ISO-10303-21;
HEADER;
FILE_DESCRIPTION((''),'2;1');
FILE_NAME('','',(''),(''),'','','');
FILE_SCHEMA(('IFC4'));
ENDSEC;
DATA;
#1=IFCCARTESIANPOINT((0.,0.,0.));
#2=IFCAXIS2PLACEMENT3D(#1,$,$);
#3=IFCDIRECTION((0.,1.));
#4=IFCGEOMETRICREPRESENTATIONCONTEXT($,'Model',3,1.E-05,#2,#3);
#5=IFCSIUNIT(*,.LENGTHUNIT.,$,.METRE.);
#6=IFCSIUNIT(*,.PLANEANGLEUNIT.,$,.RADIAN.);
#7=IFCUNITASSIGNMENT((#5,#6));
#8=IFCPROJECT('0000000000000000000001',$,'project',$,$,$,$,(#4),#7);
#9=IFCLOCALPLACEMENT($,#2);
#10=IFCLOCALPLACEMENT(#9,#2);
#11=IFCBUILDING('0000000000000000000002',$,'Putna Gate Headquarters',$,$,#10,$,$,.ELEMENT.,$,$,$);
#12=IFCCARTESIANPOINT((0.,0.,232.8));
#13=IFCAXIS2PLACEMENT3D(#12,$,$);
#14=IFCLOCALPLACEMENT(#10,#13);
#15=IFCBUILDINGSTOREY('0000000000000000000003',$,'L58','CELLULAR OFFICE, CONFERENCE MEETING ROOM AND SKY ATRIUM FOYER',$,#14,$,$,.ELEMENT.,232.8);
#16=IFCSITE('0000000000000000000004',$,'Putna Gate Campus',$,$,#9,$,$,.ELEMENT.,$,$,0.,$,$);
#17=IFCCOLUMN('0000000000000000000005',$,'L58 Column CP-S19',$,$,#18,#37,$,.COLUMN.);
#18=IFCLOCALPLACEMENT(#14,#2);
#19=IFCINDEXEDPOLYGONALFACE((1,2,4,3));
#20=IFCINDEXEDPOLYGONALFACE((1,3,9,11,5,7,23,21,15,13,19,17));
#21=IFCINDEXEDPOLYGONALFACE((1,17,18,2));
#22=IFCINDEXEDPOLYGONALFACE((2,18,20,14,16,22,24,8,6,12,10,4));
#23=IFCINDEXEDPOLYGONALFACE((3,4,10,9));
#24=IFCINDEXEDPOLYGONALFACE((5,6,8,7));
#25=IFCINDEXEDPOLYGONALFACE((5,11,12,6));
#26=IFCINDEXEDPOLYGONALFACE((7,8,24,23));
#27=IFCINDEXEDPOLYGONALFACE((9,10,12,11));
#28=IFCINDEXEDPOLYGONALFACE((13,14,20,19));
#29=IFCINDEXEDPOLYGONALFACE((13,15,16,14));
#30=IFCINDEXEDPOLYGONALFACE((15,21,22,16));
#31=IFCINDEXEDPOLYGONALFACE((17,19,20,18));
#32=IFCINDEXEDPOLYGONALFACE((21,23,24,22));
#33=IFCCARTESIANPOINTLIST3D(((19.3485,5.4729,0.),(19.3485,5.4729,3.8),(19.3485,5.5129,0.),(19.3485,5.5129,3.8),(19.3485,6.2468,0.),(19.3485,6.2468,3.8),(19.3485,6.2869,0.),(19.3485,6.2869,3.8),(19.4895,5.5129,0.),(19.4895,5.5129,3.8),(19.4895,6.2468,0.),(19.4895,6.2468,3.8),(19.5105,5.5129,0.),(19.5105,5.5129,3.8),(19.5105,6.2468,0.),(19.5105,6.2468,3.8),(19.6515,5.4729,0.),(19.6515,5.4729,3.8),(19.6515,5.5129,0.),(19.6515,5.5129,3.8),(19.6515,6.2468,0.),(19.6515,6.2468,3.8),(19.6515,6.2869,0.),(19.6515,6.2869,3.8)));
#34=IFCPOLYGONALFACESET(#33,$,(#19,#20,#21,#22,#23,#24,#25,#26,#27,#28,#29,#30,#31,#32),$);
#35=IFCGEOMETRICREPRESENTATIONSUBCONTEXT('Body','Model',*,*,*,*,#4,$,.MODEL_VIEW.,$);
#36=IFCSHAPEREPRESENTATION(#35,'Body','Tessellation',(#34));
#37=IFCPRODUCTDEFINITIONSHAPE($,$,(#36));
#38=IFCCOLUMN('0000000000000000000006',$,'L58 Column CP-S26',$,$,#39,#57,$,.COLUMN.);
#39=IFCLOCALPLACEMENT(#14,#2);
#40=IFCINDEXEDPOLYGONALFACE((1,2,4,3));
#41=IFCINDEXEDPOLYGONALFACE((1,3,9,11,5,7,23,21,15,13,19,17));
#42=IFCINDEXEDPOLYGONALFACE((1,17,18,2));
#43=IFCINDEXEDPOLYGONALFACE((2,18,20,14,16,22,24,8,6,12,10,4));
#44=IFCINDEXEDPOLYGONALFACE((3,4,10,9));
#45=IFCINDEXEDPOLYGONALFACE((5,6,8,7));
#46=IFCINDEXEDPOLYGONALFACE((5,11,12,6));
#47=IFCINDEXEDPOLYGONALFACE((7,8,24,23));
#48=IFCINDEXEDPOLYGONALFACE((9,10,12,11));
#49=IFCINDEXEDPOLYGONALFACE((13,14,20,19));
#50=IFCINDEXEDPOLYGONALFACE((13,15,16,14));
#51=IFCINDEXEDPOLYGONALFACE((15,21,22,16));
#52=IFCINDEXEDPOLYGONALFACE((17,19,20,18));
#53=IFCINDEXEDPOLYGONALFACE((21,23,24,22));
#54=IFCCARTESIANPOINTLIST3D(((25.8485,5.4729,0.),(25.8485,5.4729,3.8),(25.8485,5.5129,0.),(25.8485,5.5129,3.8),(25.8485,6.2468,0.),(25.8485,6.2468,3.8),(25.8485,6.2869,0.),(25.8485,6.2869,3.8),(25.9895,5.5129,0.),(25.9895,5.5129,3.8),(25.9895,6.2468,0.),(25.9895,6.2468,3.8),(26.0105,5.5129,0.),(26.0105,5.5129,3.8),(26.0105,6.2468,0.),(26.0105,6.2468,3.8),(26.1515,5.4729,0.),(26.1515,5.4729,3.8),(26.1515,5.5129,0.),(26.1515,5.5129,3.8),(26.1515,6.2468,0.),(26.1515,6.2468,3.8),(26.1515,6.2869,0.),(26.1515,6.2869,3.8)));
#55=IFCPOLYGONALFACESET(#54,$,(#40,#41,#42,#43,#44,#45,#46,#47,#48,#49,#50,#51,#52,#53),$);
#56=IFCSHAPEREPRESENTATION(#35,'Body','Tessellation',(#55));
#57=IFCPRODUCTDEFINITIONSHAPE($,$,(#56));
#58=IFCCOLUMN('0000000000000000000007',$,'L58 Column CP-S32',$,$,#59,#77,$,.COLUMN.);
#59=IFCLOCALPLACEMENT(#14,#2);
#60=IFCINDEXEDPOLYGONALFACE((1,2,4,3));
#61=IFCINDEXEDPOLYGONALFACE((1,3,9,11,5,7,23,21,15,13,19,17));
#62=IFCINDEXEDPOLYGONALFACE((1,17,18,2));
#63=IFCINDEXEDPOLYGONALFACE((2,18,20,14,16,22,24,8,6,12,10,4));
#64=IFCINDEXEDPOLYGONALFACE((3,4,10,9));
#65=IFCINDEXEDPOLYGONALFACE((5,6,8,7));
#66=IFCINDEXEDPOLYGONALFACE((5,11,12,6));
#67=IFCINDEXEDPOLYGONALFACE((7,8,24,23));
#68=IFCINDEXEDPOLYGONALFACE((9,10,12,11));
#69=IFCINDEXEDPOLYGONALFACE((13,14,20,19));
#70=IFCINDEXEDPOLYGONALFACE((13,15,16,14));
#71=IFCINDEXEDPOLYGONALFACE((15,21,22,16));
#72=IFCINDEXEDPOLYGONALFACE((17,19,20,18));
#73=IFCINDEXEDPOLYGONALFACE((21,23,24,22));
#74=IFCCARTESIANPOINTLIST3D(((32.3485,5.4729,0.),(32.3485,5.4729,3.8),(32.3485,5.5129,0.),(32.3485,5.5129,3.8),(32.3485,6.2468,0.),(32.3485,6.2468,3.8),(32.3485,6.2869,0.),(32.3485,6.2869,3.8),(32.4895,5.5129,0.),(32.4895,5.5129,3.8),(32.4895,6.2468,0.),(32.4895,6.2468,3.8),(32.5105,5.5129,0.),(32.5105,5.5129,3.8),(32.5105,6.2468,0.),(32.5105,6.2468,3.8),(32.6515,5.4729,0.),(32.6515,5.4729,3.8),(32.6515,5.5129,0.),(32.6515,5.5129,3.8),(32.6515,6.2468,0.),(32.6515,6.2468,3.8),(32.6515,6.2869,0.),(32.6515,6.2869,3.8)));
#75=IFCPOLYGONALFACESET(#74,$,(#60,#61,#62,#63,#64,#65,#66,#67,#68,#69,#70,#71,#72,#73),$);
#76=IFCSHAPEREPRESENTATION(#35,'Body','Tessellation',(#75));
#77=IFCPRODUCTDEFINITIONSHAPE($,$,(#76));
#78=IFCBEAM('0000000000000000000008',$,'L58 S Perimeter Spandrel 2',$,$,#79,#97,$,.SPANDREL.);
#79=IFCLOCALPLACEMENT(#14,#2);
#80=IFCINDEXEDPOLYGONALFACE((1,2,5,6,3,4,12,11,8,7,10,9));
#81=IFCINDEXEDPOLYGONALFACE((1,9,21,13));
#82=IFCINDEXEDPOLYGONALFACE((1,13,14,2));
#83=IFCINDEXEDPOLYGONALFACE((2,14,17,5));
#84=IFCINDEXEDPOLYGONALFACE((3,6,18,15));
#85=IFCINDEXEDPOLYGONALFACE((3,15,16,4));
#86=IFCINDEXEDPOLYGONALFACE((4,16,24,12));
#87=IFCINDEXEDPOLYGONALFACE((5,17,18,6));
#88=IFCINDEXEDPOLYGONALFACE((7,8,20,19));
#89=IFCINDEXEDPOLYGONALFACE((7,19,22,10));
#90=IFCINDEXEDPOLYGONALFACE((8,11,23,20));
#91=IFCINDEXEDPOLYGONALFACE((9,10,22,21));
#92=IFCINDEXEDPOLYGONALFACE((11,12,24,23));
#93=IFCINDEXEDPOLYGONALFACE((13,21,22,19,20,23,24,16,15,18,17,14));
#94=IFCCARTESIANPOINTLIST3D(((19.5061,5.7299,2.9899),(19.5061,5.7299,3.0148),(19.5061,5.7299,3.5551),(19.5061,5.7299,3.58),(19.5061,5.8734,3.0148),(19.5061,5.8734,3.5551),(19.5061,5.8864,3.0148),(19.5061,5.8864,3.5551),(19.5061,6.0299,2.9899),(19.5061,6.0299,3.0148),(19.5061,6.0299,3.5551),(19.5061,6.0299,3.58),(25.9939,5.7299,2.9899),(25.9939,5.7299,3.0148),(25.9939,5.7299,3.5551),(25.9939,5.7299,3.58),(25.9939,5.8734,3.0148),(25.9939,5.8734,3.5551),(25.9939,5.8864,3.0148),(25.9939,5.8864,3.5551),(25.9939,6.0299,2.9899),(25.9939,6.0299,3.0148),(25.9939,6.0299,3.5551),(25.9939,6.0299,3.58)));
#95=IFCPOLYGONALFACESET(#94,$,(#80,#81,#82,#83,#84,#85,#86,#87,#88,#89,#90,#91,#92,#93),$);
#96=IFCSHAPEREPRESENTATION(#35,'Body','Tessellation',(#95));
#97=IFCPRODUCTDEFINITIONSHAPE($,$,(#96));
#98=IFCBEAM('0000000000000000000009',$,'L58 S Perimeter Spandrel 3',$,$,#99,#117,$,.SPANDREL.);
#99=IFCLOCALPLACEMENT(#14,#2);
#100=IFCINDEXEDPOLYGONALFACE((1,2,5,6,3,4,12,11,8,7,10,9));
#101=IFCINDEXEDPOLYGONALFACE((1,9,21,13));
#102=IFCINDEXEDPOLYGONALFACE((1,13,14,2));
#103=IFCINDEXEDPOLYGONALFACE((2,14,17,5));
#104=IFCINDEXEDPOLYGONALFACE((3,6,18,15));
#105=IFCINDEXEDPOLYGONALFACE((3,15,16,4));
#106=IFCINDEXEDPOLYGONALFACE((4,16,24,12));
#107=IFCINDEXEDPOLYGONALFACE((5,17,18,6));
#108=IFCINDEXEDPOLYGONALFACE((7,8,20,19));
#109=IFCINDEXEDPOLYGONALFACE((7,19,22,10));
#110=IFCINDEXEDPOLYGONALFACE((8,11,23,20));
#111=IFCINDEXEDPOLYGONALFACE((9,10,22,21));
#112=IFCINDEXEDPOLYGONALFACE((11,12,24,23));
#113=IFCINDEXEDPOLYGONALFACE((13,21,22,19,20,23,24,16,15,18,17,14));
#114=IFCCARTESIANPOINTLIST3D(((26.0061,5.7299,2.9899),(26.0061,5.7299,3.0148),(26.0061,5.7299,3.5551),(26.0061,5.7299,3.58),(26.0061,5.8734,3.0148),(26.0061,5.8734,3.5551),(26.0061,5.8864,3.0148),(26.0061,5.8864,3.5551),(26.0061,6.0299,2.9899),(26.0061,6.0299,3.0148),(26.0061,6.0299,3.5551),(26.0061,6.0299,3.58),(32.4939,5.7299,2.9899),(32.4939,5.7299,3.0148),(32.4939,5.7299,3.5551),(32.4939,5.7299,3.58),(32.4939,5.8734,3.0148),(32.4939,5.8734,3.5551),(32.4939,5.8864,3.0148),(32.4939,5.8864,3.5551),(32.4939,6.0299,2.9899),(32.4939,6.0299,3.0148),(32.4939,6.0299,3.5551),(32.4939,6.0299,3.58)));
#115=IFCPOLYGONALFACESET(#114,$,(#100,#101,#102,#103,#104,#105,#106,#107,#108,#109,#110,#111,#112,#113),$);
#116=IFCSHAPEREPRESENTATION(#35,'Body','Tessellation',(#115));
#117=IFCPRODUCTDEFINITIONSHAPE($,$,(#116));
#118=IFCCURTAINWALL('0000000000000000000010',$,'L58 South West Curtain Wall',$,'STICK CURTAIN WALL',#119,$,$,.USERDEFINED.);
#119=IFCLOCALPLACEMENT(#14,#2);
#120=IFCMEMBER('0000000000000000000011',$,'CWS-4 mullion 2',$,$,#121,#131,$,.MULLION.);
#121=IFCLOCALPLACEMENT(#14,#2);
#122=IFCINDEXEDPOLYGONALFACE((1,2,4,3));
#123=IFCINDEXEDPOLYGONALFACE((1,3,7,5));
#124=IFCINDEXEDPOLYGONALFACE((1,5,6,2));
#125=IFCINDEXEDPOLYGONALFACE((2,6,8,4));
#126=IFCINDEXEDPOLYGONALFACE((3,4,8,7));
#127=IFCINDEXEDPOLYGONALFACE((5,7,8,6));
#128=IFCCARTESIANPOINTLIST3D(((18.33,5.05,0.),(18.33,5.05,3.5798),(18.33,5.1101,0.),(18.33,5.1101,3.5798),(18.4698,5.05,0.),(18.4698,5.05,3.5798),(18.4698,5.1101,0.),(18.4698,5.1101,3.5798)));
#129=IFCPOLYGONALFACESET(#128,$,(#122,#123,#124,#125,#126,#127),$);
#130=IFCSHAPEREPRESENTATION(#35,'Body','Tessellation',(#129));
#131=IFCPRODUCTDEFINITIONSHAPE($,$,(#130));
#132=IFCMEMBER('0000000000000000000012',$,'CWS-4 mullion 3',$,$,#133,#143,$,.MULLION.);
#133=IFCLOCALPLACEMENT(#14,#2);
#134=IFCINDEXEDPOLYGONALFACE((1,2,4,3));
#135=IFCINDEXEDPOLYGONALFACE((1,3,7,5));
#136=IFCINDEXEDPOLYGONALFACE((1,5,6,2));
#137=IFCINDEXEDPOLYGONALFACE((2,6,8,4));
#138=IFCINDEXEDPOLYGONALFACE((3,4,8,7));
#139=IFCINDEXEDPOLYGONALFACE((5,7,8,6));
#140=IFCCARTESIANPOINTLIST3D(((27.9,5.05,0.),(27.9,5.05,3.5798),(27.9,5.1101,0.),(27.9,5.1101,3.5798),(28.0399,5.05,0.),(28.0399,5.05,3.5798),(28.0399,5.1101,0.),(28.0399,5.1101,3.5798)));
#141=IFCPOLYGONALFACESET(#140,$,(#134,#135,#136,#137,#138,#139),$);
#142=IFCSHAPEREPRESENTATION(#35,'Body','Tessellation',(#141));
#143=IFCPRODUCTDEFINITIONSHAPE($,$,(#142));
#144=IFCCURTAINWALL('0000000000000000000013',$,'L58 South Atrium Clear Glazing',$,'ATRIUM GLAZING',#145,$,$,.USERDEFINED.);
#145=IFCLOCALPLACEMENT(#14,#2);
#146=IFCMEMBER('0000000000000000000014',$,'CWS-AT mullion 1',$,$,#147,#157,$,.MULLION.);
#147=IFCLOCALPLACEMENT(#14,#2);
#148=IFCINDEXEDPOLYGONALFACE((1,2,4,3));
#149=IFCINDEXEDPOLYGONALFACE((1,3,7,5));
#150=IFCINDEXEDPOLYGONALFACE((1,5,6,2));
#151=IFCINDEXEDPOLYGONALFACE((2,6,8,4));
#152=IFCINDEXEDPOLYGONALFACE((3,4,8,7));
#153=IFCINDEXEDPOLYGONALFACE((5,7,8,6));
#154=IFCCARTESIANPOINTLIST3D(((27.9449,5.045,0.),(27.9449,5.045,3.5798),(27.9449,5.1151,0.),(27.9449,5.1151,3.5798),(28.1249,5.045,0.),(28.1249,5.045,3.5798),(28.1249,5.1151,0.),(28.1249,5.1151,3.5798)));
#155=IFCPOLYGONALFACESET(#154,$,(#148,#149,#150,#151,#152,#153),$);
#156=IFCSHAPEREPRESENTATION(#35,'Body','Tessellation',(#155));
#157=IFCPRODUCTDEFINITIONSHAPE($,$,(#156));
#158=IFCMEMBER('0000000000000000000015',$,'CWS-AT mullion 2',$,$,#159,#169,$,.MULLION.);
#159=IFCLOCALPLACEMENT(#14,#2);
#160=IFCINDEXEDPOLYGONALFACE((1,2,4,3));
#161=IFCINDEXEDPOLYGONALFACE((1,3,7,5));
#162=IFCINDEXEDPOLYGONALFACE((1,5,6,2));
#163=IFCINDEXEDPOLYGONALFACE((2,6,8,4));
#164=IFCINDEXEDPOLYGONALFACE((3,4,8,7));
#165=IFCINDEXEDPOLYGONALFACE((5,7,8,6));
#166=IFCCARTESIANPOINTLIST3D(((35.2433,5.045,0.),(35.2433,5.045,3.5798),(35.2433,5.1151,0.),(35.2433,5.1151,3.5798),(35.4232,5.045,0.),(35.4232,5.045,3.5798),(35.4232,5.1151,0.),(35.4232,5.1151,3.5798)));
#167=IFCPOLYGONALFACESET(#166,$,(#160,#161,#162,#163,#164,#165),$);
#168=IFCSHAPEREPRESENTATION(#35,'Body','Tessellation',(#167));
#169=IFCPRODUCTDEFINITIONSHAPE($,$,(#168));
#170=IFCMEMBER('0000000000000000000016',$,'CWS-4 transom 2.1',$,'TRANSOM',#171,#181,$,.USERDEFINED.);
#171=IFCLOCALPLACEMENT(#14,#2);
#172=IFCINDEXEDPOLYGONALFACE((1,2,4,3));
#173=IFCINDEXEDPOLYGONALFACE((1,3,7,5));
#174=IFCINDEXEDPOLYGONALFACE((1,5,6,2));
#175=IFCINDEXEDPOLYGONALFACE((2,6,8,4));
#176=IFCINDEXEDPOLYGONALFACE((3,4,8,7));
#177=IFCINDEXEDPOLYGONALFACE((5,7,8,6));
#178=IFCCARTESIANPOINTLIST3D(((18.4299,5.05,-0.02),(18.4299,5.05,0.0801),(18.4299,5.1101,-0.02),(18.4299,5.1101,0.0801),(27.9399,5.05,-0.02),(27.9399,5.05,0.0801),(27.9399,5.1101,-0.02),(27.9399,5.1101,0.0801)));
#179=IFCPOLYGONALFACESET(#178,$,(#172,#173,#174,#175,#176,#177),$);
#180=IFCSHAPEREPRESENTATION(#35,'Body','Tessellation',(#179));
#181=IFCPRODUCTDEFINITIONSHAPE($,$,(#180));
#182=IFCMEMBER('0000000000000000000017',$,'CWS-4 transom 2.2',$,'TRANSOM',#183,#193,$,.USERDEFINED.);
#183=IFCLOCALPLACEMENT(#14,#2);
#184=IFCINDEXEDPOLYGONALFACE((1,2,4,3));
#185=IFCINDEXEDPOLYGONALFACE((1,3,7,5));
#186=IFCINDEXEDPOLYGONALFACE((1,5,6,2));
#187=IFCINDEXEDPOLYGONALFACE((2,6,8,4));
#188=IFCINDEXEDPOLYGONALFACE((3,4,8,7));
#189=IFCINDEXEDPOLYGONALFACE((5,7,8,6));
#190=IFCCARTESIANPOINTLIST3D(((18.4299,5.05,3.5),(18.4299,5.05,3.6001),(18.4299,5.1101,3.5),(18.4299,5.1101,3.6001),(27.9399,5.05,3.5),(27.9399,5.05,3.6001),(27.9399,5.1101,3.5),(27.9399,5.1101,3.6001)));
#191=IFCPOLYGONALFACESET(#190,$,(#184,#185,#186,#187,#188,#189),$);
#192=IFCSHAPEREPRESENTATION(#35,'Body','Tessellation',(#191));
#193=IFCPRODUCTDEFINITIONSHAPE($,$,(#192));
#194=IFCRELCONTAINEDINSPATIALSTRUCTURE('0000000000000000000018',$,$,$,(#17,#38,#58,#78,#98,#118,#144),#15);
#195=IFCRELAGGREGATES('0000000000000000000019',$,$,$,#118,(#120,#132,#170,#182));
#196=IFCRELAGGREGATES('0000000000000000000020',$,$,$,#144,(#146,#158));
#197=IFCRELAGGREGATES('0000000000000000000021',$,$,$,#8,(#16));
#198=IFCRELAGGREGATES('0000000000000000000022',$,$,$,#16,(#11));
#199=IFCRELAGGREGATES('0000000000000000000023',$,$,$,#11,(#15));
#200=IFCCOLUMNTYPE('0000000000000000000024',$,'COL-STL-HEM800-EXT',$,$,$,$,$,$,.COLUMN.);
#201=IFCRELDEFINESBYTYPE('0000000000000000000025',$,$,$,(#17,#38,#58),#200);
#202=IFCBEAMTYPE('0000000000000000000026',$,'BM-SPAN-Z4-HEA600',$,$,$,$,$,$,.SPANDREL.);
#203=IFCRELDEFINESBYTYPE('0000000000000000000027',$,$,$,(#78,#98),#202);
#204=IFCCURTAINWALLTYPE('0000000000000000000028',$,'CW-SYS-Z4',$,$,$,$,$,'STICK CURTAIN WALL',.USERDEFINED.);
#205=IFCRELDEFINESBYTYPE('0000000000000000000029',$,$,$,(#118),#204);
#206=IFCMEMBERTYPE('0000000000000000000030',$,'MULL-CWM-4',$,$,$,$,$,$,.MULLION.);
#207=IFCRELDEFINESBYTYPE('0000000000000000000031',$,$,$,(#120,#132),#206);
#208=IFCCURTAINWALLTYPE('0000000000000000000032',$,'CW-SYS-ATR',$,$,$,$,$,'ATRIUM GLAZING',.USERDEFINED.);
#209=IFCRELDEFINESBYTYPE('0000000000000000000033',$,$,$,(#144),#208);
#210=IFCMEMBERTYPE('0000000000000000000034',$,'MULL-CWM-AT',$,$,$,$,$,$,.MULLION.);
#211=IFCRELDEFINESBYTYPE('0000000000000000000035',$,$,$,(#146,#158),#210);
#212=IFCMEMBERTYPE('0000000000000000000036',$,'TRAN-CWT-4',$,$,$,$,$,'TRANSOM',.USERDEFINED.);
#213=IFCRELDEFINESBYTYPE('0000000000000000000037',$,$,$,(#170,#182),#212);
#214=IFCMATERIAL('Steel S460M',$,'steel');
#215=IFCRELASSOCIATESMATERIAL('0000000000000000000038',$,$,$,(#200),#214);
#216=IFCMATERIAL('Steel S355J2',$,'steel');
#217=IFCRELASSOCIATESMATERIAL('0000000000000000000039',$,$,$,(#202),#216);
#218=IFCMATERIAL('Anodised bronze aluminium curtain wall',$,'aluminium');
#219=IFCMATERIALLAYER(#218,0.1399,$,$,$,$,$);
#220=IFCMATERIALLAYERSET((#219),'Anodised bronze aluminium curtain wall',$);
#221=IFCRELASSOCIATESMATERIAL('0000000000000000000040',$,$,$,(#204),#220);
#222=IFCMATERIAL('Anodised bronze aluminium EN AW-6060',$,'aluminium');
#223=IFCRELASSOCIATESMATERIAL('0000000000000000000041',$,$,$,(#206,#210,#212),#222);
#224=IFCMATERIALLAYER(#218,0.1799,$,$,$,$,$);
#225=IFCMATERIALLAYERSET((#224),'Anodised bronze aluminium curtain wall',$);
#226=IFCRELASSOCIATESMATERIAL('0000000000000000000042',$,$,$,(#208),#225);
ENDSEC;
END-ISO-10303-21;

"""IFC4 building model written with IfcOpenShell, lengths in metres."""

from ifc_helpers import new_model, si_unit, direction, frame, origin, origin_2d, place, context, subcontext, project, spatial, rectangle, i_section, extrude, material, layer, layer_set, material_profile, profile_set, type_object, element, aggregate, save


model = new_model("IFC4")

# Units and contexts
model_context = context("Model", 3, precision=1e-05, world=origin(), true_north=direction((0.0, 1.0)))
body_context = subcontext(model_context, "Body", "Model", "MODEL_VIEW")
ifc_project = project(units=[si_unit("LENGTHUNIT", "METRE"), si_unit("PLANEANGLEUNIT", "RADIAN")], contexts=[model_context])

# Site, building, storey
site_placement = place(None, origin())
site = spatial("IfcSite", under=ifc_project, at=site_placement, Name="Putna Gate Campus", CompositionType="ELEMENT", RefElevation=0.0)
building_placement = place(site_placement, origin())
building = spatial("IfcBuilding", under=site, at=building_placement, Name="Putna Gate Headquarters", CompositionType="ELEMENT")
storey_placement = place(building_placement, frame((0.0, 0.0, 232.8)))
storey = spatial("IfcBuildingStorey", under=building, at=storey_placement, Name="L58", Description="CELLULAR OFFICE, CONFERENCE MEETING ROOM AND SKY ATRIUM FOYER", CompositionType="ELEMENT", Elevation=232.8)

# Columns
ifc_material_1 = material(Name="Steel S460M", Category="steel")
ifc_material_profile_1 = material_profile(ifc_material_1, i_section(OverallWidth=0.303, OverallDepth=0.814, WebThickness=0.021, FlangeThickness=0.04, at=origin_2d()), Name="Steel S460M")
ifc_profile_set_1 = profile_set([ifc_material_profile_1], Name="Steel S460M")
column_type = type_object("IfcColumnType", Name="COL-STL-HEM800-EXT", PredefinedType="COLUMN", material=ifc_profile_set_1)
for number, where, z_axis, x_axis, name in (
    (1, (19.5, 5.8799, 0.0), (0.0, 0.0, 1.0), (1.0, 0.0, 0.0), "L58 Column CP-S19"),
    (2, (26.0, 5.8799, 0.0), (0.0, 0.0, 1.0), (1.0, 0.0, 0.0), "L58 Column CP-S26"),
    (3, (32.5, 5.8799, 0.0), (0.0, 0.0, 1.0), (1.0, 0.0, 0.0), "L58 Column CP-S32"),
):
    element("IfcColumn", number, at=place(storey_placement, frame(where, z_axis=z_axis, x_axis=x_axis)), inside=storey, type_object=column_type, Name=name, PredefinedType="COLUMN", context=body_context, shape_type="SweptSolid", body=[
        extrude(i_section(OverallWidth=0.303, OverallDepth=0.814, WebThickness=0.021, FlangeThickness=0.04, at=origin_2d()), origin(), (0.0, 0.0, 1.0), 3.8),
    ])

# Beams
ifc_material_2 = material(Name="Steel S355J2", Category="steel")
ifc_material_profile_2 = material_profile(ifc_material_2, i_section(OverallWidth=0.3, OverallDepth=0.5901, WebThickness=0.0129, FlangeThickness=0.0249, at=origin_2d()), Name="Steel S355J2")
ifc_profile_set_2 = profile_set([ifc_material_profile_2], Name="Steel S355J2")
beam_type = type_object("IfcBeamType", Name="BM-SPAN-Z4-HEA600", PredefinedType="SPANDREL", material=ifc_profile_set_2)
for number, where, z_axis, x_axis, name in (
    (4, (19.5061, 5.8799, 3.2849), (1.0, 0.0, 0.0), (0.0, 1.0, 0.0), "L58 S Perimeter Spandrel 2"),
    (5, (26.0061, 5.8799, 3.2849), (1.0, 0.0, 0.0), (0.0, 1.0, 0.0), "L58 S Perimeter Spandrel 3"),
):
    element("IfcBeam", number, at=place(storey_placement, frame(where, z_axis=z_axis, x_axis=x_axis)), inside=storey, type_object=beam_type, Name=name, PredefinedType="SPANDREL", context=body_context, shape_type="SweptSolid", body=[
        extrude(i_section(OverallWidth=0.3, OverallDepth=0.5901, WebThickness=0.0129, FlangeThickness=0.0249, at=origin_2d()), origin(), (0.0, 0.0, 1.0), 6.4878),
    ])

# Curtain walls, members
ifc_material_3 = material(Name="Anodised bronze aluminium curtain wall", Category="aluminium")
ifc_layer_1 = layer(ifc_material_3, 0.1399)
ifc_layer_set_1 = layer_set([ifc_layer_1], Name="Anodised bronze aluminium curtain wall")
curtain_wall_type_1 = type_object("IfcCurtainWallType", Name="CW-SYS-Z4", ElementType="STICK CURTAIN WALL", PredefinedType="USERDEFINED", material=ifc_layer_set_1)
curtain_wall_1_placement = place(storey_placement, origin())
curtain_wall_1 = element("IfcCurtainWall", 6, at=curtain_wall_1_placement, inside=storey, type_object=curtain_wall_type_1, Name="L58 South West Curtain Wall", ObjectType="STICK CURTAIN WALL", PredefinedType="USERDEFINED")
ifc_material_4 = material(Name="Anodised bronze aluminium EN AW-6060", Category="aluminium")
ifc_material_profile_3 = material_profile(ifc_material_4, rectangle(XDim=0.0601, YDim=0.1399, at=origin_2d()), Name="Anodised bronze aluminium EN AW-6060")
ifc_profile_set_3 = profile_set([ifc_material_profile_3], Name="Anodised bronze aluminium EN AW-6060")
member_type_1 = type_object("IfcMemberType", Name="MULL-CWM-4", PredefinedType="MULLION", material=ifc_profile_set_3)
member_1_placement = place(storey_placement, frame((18.3999, 5.0801, 0.0), z_axis=(0.0, 0.0, 1.0), x_axis=(0.0, 1.0, 0.0)))
member_1 = element("IfcMember", 7, at=member_1_placement, type_object=member_type_1, Name="CWS-4 mullion 2", PredefinedType="MULLION", context=body_context, shape_type="SweptSolid", body=[
    extrude(rectangle(XDim=0.0601, YDim=0.1399, at=origin_2d()), origin(), (0.0, 0.0, 1.0), 3.5798),
])
member_2_placement = place(storey_placement, frame((27.97, 5.0801, 0.0), z_axis=(0.0, 0.0, 1.0), x_axis=(0.0, 1.0, 0.0)))
member_2 = element("IfcMember", 8, at=member_2_placement, type_object=member_type_1, Name="CWS-4 mullion 3", PredefinedType="MULLION", context=body_context, shape_type="SweptSolid", body=[
    extrude(rectangle(XDim=0.0601, YDim=0.1399, at=origin_2d()), origin(), (0.0, 0.0, 1.0), 3.5798),
])
ifc_layer_2 = layer(ifc_material_3, 0.1799)
ifc_layer_set_2 = layer_set([ifc_layer_2], Name="Anodised bronze aluminium curtain wall")
curtain_wall_type_2 = type_object("IfcCurtainWallType", Name="CW-SYS-ATR", ElementType="ATRIUM GLAZING", PredefinedType="USERDEFINED", material=ifc_layer_set_2)
curtain_wall_2_placement = place(storey_placement, origin())
curtain_wall_2 = element("IfcCurtainWall", 9, at=curtain_wall_2_placement, inside=storey, type_object=curtain_wall_type_2, Name="L58 South Atrium Clear Glazing", ObjectType="ATRIUM GLAZING", PredefinedType="USERDEFINED")
ifc_material_profile_4 = material_profile(ifc_material_4, rectangle(XDim=0.0701, YDim=0.1799, at=origin_2d()), Name="Anodised bronze aluminium EN AW-6060")
ifc_profile_set_4 = profile_set([ifc_material_profile_4], Name="Anodised bronze aluminium EN AW-6060")
member_type_2 = type_object("IfcMemberType", Name="MULL-CWM-AT", PredefinedType="MULLION", material=ifc_profile_set_4)
member_3_placement = place(storey_placement, frame((28.0349, 5.0801, 0.0), z_axis=(0.0, 0.0, 1.0), x_axis=(0.0, 1.0, 0.0)))
member_3 = element("IfcMember", 10, at=member_3_placement, type_object=member_type_2, Name="CWS-AT mullion 1", PredefinedType="MULLION", context=body_context, shape_type="SweptSolid", body=[
    extrude(rectangle(XDim=0.0701, YDim=0.1799, at=origin_2d()), origin(), (0.0, 0.0, 1.0), 3.5798),
])
member_4_placement = place(storey_placement, frame((35.3333, 5.0801, 0.0), z_axis=(0.0, 0.0, 1.0), x_axis=(0.0, 1.0, 0.0)))
member_4 = element("IfcMember", 11, at=member_4_placement, type_object=member_type_2, Name="CWS-AT mullion 2", PredefinedType="MULLION", context=body_context, shape_type="SweptSolid", body=[
    extrude(rectangle(XDim=0.0701, YDim=0.1799, at=origin_2d()), origin(), (0.0, 0.0, 1.0), 3.5798),
])

# Members
ifc_material_profile_5 = material_profile(ifc_material_4, rectangle(XDim=0.0601, YDim=0.1001, at=origin_2d()), Name="Anodised bronze aluminium EN AW-6060")
ifc_profile_set_5 = profile_set([ifc_material_profile_5], Name="Anodised bronze aluminium EN AW-6060")
member_type_3 = type_object("IfcMemberType", Name="TRAN-CWT-4", ElementType="TRANSOM", PredefinedType="USERDEFINED", material=ifc_profile_set_5)
member_5_placement = place(storey_placement, frame((18.4299, 5.0801, 0.03), z_axis=(1.0, 0.0, 0.0), x_axis=(0.0, 1.0, 0.0)))
member_5 = element("IfcMember", 12, at=member_5_placement, type_object=member_type_3, Name="CWS-4 transom 2.1", ObjectType="TRANSOM", PredefinedType="USERDEFINED", context=body_context, shape_type="SweptSolid", body=[
    extrude(rectangle(XDim=0.0601, YDim=0.1001, at=origin_2d()), origin(), (0.0, 0.0, 1.0), 9.51),
])
member_6_placement = place(storey_placement, frame((18.4299, 5.0801, 3.55), z_axis=(1.0, 0.0, 0.0), x_axis=(0.0, 1.0, 0.0)))
member_6 = element("IfcMember", 13, at=member_6_placement, type_object=member_type_3, Name="CWS-4 transom 2.2", ObjectType="TRANSOM", PredefinedType="USERDEFINED", context=body_context, shape_type="SweptSolid", body=[
    extrude(rectangle(XDim=0.0601, YDim=0.1001, at=origin_2d()), origin(), (0.0, 0.0, 1.0), 9.51),
])

aggregate(curtain_wall_1, [member_1, member_2, member_5, member_6])
aggregate(curtain_wall_2, [member_3, member_4])

save(model, "model.ifc")
